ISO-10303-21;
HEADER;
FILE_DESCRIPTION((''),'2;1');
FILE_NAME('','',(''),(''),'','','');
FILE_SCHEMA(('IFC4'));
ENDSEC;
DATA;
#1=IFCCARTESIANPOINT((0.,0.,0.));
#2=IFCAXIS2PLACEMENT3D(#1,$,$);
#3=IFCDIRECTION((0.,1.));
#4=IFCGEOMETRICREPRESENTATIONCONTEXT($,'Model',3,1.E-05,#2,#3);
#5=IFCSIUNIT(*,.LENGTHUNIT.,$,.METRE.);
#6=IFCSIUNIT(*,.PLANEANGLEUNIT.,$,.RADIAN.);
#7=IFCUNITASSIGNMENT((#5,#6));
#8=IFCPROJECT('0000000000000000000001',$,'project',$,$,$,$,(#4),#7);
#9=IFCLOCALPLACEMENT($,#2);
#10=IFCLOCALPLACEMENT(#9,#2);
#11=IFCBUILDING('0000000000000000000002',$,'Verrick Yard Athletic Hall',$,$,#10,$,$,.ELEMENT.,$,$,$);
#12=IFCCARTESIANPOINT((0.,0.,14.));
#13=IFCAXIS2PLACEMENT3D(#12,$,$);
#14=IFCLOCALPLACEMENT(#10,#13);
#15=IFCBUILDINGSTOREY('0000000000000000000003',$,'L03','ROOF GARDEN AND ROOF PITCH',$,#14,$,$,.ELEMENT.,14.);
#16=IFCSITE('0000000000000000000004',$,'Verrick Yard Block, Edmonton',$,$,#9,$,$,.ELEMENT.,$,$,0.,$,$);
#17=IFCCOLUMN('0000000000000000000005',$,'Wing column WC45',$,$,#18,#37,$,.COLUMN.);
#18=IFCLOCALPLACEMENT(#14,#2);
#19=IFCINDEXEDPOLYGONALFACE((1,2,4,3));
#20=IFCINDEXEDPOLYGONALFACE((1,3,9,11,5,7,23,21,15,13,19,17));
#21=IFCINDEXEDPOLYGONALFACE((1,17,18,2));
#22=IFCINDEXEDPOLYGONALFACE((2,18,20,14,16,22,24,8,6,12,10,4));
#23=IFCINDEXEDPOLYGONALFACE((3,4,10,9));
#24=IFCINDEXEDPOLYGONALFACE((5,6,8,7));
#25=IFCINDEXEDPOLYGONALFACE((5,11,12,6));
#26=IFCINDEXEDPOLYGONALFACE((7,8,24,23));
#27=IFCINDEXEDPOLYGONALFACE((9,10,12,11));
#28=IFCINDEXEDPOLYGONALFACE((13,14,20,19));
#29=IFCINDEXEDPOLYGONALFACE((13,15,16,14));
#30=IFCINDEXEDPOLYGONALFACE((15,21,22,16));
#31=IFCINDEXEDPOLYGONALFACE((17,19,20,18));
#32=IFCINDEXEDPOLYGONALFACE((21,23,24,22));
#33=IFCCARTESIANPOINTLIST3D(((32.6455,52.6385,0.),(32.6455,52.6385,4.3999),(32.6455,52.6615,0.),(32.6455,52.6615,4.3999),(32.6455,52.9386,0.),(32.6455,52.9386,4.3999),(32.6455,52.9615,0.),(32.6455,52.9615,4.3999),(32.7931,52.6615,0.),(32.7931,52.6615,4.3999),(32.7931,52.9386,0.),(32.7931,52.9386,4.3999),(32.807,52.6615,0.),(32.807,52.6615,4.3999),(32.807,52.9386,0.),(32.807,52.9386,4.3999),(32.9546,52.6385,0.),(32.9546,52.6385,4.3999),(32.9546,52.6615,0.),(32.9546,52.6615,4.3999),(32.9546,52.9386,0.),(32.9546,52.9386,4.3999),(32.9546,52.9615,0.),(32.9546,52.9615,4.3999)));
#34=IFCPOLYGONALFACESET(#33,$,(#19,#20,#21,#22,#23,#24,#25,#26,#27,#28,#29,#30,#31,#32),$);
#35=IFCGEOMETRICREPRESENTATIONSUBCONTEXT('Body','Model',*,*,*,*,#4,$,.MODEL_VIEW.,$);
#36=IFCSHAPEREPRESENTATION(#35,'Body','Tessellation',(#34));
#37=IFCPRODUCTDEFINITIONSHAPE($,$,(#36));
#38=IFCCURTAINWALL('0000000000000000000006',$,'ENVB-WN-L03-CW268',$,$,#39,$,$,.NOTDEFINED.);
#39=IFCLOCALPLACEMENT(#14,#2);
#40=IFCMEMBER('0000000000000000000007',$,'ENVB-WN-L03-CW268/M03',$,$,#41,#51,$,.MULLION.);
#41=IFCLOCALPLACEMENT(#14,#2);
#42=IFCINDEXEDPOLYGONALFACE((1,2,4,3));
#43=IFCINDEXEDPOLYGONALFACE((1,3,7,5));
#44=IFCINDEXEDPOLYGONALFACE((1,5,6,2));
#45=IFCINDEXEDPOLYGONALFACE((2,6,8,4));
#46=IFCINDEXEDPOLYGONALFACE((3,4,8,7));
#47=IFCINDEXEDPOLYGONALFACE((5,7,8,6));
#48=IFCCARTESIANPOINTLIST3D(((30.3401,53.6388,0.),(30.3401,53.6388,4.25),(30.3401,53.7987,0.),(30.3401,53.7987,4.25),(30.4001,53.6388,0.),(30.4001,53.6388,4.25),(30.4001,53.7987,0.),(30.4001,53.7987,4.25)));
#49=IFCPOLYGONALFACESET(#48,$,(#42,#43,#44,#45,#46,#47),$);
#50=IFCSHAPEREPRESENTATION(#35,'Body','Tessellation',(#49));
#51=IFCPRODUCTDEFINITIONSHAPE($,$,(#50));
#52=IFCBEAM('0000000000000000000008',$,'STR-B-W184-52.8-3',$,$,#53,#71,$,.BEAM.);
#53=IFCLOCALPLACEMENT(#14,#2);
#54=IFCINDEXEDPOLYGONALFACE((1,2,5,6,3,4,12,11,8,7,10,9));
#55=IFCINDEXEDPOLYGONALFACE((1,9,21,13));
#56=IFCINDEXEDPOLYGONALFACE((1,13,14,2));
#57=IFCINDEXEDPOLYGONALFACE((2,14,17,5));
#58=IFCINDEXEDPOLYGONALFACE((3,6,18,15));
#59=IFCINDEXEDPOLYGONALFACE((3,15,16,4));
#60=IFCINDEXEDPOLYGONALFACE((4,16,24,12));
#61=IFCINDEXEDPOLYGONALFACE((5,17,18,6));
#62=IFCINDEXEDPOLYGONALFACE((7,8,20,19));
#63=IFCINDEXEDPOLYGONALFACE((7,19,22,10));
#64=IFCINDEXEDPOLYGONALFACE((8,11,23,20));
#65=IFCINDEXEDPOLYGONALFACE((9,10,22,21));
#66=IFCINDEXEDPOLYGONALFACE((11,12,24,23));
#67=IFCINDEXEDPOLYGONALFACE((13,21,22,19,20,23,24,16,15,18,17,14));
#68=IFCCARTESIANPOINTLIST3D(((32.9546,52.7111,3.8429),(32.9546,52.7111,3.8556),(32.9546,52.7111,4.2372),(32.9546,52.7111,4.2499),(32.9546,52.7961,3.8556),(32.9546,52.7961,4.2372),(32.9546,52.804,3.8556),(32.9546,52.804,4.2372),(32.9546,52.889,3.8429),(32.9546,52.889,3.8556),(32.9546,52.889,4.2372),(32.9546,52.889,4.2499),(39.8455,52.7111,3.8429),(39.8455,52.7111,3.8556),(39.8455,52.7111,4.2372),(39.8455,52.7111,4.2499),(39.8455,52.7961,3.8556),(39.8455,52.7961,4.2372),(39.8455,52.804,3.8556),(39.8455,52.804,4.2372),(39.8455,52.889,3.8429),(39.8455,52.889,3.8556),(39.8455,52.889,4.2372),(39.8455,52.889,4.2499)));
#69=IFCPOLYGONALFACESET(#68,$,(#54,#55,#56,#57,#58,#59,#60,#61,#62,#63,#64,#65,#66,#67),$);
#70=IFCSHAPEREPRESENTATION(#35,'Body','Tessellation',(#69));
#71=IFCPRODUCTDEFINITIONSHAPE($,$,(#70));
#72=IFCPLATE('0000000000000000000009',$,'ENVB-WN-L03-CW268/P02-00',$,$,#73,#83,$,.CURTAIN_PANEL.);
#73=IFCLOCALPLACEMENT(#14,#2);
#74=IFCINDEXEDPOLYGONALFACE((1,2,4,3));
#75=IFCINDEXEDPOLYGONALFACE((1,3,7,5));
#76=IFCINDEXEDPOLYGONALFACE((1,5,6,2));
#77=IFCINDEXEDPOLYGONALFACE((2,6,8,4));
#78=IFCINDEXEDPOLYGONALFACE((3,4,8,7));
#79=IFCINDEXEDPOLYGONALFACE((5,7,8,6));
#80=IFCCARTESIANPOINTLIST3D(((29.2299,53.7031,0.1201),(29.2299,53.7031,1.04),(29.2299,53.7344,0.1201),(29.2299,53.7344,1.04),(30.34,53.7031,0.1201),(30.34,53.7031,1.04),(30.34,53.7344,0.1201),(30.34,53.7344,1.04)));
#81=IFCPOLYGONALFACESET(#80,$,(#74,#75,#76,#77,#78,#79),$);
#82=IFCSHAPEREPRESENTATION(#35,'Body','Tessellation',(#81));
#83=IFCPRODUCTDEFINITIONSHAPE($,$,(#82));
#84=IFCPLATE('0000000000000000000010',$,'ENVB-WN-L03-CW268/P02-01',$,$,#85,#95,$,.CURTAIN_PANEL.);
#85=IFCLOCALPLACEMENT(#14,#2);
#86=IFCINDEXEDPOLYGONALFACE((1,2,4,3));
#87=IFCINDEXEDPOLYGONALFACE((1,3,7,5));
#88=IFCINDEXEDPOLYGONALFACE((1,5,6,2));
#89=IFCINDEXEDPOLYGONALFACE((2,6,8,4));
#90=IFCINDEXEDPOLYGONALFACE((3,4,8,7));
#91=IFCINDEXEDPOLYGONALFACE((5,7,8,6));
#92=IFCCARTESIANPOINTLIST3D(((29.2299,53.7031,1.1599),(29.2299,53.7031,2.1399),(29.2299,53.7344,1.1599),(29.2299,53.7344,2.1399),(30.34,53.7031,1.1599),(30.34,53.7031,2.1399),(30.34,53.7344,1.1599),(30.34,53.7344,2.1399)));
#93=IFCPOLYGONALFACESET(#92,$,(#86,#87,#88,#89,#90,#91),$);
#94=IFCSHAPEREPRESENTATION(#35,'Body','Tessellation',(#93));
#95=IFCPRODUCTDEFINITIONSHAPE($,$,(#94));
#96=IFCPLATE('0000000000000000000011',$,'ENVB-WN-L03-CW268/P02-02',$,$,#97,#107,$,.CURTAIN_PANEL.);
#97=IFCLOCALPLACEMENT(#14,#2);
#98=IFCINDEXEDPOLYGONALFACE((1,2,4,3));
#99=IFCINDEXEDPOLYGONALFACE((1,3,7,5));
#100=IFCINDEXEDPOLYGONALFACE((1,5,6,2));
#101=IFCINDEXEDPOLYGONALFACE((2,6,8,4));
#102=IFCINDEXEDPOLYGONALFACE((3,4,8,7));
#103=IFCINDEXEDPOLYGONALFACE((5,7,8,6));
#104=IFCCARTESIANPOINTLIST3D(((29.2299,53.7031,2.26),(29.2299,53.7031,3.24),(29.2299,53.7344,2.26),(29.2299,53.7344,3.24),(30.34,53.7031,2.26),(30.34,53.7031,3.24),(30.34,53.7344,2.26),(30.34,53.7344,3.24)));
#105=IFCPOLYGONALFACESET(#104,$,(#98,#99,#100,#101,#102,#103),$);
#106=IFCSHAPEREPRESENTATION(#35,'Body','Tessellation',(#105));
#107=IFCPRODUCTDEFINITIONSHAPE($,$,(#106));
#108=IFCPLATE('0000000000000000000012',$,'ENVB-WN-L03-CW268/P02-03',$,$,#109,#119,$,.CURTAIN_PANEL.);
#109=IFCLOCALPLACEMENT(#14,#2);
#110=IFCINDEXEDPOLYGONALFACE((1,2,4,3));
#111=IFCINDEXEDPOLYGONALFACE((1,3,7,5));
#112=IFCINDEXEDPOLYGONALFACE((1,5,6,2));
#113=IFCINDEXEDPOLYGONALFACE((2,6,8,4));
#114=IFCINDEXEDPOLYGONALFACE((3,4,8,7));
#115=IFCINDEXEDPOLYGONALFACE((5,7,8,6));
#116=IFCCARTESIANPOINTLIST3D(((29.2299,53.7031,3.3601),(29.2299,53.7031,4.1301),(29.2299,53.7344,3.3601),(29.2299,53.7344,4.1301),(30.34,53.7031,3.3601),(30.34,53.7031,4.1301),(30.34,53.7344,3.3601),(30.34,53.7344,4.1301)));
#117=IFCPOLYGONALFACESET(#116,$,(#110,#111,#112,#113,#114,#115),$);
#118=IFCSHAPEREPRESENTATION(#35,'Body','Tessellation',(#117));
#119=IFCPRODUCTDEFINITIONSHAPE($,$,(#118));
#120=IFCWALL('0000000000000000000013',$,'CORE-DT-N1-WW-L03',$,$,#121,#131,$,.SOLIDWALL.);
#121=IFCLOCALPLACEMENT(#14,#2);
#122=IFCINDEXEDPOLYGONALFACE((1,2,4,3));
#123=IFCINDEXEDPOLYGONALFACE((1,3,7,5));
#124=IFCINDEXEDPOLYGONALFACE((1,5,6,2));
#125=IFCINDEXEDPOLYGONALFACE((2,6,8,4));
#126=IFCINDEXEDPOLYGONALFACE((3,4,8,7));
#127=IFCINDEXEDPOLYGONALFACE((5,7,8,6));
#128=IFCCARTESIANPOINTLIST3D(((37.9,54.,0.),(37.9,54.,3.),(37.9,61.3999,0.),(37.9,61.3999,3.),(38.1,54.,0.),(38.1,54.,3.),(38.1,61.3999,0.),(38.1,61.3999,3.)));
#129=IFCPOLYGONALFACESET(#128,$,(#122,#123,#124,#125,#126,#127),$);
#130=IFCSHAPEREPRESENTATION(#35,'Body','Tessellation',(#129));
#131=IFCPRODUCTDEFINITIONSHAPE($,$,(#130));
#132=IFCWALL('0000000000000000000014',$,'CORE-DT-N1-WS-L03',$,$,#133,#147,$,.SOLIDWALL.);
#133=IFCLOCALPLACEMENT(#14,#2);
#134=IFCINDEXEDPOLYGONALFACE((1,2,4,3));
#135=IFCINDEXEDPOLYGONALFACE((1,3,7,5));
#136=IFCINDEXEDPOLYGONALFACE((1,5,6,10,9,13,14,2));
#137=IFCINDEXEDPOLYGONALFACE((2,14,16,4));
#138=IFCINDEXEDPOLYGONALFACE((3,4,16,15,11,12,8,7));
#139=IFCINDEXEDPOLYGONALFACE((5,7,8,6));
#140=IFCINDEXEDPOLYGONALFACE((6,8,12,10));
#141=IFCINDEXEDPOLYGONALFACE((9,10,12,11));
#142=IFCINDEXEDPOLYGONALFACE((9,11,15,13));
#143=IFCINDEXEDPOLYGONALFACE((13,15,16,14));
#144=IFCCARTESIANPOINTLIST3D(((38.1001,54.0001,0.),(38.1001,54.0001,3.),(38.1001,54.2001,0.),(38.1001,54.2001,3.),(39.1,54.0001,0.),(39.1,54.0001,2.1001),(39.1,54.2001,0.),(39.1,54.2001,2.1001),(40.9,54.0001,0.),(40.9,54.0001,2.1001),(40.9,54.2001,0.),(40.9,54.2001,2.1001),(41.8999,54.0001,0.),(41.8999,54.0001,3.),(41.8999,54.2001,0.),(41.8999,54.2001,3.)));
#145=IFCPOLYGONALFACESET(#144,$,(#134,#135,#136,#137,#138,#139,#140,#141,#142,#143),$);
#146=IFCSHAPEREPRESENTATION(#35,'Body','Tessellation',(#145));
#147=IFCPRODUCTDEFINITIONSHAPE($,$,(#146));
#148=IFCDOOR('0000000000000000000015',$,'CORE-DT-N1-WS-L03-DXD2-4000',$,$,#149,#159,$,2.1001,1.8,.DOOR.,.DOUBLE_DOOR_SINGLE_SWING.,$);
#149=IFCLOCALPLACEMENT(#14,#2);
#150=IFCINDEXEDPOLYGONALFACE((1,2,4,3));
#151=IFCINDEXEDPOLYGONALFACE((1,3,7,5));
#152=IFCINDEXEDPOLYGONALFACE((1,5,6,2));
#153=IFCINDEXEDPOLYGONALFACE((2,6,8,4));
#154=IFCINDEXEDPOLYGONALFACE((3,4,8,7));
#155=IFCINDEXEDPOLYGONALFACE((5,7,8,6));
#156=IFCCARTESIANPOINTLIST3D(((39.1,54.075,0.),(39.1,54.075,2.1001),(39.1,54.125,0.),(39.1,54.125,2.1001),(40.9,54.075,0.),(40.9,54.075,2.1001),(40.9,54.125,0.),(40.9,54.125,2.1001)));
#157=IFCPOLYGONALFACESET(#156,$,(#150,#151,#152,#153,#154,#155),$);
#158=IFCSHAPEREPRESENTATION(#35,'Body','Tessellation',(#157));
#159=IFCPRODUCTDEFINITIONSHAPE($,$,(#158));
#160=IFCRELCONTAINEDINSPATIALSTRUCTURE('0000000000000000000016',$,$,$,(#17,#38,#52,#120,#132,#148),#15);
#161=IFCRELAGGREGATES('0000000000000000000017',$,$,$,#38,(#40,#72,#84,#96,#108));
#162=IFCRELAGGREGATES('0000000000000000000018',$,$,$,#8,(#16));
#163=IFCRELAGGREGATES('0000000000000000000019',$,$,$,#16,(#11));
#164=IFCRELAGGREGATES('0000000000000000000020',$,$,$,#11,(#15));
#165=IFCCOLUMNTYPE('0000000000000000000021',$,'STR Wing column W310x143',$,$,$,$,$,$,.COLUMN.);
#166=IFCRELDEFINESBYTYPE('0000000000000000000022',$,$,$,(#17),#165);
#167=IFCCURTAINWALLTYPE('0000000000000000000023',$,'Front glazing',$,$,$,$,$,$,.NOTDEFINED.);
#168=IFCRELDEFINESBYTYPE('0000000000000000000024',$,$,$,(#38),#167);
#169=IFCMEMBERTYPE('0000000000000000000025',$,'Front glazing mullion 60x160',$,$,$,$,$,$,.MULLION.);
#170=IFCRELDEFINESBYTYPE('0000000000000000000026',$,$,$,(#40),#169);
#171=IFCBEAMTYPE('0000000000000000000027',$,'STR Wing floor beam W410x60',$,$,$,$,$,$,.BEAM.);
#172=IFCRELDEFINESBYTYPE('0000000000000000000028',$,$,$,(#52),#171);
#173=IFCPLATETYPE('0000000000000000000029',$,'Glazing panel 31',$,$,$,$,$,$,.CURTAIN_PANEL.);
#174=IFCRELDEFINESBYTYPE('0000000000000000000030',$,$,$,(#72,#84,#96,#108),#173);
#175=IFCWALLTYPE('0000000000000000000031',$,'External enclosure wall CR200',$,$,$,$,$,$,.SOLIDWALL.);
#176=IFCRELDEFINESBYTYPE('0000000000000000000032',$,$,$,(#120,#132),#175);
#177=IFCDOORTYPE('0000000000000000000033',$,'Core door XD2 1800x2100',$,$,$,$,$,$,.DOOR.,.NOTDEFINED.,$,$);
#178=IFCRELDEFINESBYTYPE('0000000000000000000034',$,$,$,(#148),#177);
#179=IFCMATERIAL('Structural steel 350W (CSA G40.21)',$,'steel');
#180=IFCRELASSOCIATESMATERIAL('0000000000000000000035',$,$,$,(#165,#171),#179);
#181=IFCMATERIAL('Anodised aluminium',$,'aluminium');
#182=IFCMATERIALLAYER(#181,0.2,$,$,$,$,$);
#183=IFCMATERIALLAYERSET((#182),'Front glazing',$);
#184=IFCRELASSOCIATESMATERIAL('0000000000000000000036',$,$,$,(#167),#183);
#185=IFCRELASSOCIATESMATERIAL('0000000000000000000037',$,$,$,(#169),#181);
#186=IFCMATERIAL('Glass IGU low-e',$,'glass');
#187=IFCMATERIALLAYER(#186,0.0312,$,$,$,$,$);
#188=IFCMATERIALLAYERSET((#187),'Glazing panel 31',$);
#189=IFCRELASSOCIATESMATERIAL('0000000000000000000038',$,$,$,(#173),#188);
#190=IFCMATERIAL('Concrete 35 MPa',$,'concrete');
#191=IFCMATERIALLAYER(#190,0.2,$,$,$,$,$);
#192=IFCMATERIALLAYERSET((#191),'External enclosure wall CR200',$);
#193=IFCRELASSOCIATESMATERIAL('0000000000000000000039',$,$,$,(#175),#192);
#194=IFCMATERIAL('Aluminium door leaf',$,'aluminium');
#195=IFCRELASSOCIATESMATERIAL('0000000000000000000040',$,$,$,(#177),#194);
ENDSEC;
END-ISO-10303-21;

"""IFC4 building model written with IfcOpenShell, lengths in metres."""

from ifc_helpers import new_model, si_unit, direction, frame, frame_2d, origin, origin_2d, place, context, subcontext, project, spatial, rectangle, i_section, extrude, material, layer, layer_set, material_profile, profile_set, type_object, element, fill, aggregate, save


model = new_model("IFC4")

# Units and contexts
model_context = context("Model", 3, precision=1e-05, world=origin(), true_north=direction((0.0, 1.0)))
body_context = subcontext(model_context, "Body", "Model", "MODEL_VIEW")
ifc_project = project(units=[si_unit("LENGTHUNIT", "METRE"), si_unit("PLANEANGLEUNIT", "RADIAN")], contexts=[model_context])

# Site, building, storey
site_placement = place(None, origin())
site = spatial("IfcSite", under=ifc_project, at=site_placement, Name="Verrick Yard Block, Edmonton", CompositionType="ELEMENT", RefElevation=0.0)
building_placement = place(site_placement, origin())
building = spatial("IfcBuilding", under=site, at=building_placement, Name="Verrick Yard Athletic Hall", CompositionType="ELEMENT")
storey_placement = place(building_placement, frame((0.0, 0.0, 14.0)))
storey = spatial("IfcBuildingStorey", under=building, at=storey_placement, Name="L03", Description="ROOF GARDEN AND ROOF PITCH", CompositionType="ELEMENT", Elevation=14.0)

# Column
ifc_material_1 = material(Name="Structural steel 350W (CSA G40.21)", Category="steel")
ifc_material_profile_1 = material_profile(ifc_material_1, i_section(OverallWidth=0.3091, OverallDepth=0.323, WebThickness=0.0139, FlangeThickness=0.0229, at=origin_2d()), Name="W310x143")
ifc_profile_set_1 = profile_set([ifc_material_profile_1], Name="Structural steel 350W (CSA G40.21)")
column_type = type_object("IfcColumnType", Name="STR Wing column W310x143", PredefinedType="COLUMN", material=ifc_profile_set_1)
column_placement = place(storey_placement, frame((32.8, 52.8, 0.0), z_axis=(0.0, 0.0, 1.0), x_axis=(1.0, 0.0, 0.0)))
element("IfcColumn", 1, at=column_placement, inside=storey, type_object=column_type, Name="Wing column WC45", PredefinedType="COLUMN", context=body_context, shape_type="SweptSolid", body=[
    extrude(i_section(OverallWidth=0.3091, OverallDepth=0.323, WebThickness=0.0139, FlangeThickness=0.0229, at=origin_2d()), origin(), (0.0, 0.0, 1.0), 4.3999),
])

# Curtain wall, member
ifc_material_2 = material(Name="Anodised aluminium", Category="aluminium")
ifc_layer_1 = layer(ifc_material_2, 0.2)
ifc_layer_set_1 = layer_set([ifc_layer_1], Name="Front glazing")
curtain_wall_type = type_object("IfcCurtainWallType", Name="Front glazing", PredefinedType="NOTDEFINED", material=ifc_layer_set_1)
curtain_wall_placement = place(storey_placement, origin())
curtain_wall = element("IfcCurtainWall", 2, at=curtain_wall_placement, inside=storey, type_object=curtain_wall_type, Name="ENVB-WN-L03-CW268", PredefinedType="NOTDEFINED")
ifc_material_profile_2 = material_profile(ifc_material_2, rectangle(XDim=0.1599, YDim=0.0601, at=origin_2d()), Name="CW mullion 60x160")
ifc_profile_set_2 = profile_set([ifc_material_profile_2], Name="Anodised aluminium")
member_type = type_object("IfcMemberType", Name="Front glazing mullion 60x160", PredefinedType="MULLION", material=ifc_profile_set_2)
member_placement = place(storey_placement, frame((30.3701, 53.7188, 0.0), z_axis=(0.0, 0.0, 1.0), x_axis=(0.0, 1.0, 0.0)))
member = element("IfcMember", 3, at=member_placement, type_object=member_type, Name="ENVB-WN-L03-CW268/M03", PredefinedType="MULLION", context=body_context, shape_type="SweptSolid", body=[
    extrude(rectangle(XDim=0.1599, YDim=0.0601, at=origin_2d()), origin(), (0.0, 0.0, 1.0), 4.25),
])

# Beam
ifc_material_profile_3 = material_profile(ifc_material_1, i_section(OverallWidth=0.178, OverallDepth=0.407, WebThickness=0.0078, FlangeThickness=0.0127, at=origin_2d()), Name="W410x60")
ifc_profile_set_3 = profile_set([ifc_material_profile_3], Name="Structural steel 350W (CSA G40.21)")
beam_type = type_object("IfcBeamType", Name="STR Wing floor beam W410x60", PredefinedType="BEAM", material=ifc_profile_set_3)
beam_placement = place(storey_placement, frame((32.9546, 52.8, 4.0464), z_axis=(1.0, 0.0, 0.0), x_axis=(0.0, 1.0, 0.0)))
element("IfcBeam", 4, at=beam_placement, inside=storey, type_object=beam_type, Name="STR-B-W184-52.8-3", PredefinedType="BEAM", context=body_context, shape_type="SweptSolid", body=[
    extrude(i_section(OverallWidth=0.178, OverallDepth=0.407, WebThickness=0.0078, FlangeThickness=0.0127, at=origin_2d()), origin(), (0.0, 0.0, 1.0), 6.8909),
])

# Plates
ifc_material_3 = material(Name="Glass IGU low-e", Category="glass")
ifc_layer_2 = layer(ifc_material_3, 0.0312)
ifc_layer_set_2 = layer_set([ifc_layer_2], Name="Glazing panel 31")
plate_type = type_object("IfcPlateType", Name="Glazing panel 31", PredefinedType="CURTAIN_PANEL", material=ifc_layer_set_2)
plate_1_placement = place(storey_placement, frame((29.7849, 53.7188, 0.1201), z_axis=(0.0, 0.0, 1.0), x_axis=(1.0, 0.0, 0.0)))
plate_1 = element("IfcPlate", 5, at=plate_1_placement, type_object=plate_type, Name="ENVB-WN-L03-CW268/P02-00", PredefinedType="CURTAIN_PANEL", context=body_context, shape_type="SweptSolid", body=[
    extrude(rectangle(XDim=1.1101, YDim=0.0312, at=origin_2d()), origin(), (0.0, 0.0, 1.0), 0.9199),
])
plate_2_placement = place(storey_placement, frame((29.7849, 53.7188, 1.1599), z_axis=(0.0, 0.0, 1.0), x_axis=(1.0, 0.0, 0.0)))
plate_2 = element("IfcPlate", 6, at=plate_2_placement, type_object=plate_type, Name="ENVB-WN-L03-CW268/P02-01", PredefinedType="CURTAIN_PANEL", context=body_context, shape_type="SweptSolid", body=[
    extrude(rectangle(XDim=1.1101, YDim=0.0312, at=origin_2d()), origin(), (0.0, 0.0, 1.0), 0.98),
])
plate_3_placement = place(storey_placement, frame((29.7849, 53.7188, 2.26), z_axis=(0.0, 0.0, 1.0), x_axis=(1.0, 0.0, 0.0)))
plate_3 = element("IfcPlate", 7, at=plate_3_placement, type_object=plate_type, Name="ENVB-WN-L03-CW268/P02-02", PredefinedType="CURTAIN_PANEL", context=body_context, shape_type="SweptSolid", body=[
    extrude(rectangle(XDim=1.1101, YDim=0.0312, at=origin_2d()), origin(), (0.0, 0.0, 1.0), 0.98),
])
plate_4_placement = place(storey_placement, frame((29.7849, 53.7188, 3.3601), z_axis=(0.0, 0.0, 1.0), x_axis=(1.0, 0.0, 0.0)))
plate_4 = element("IfcPlate", 8, at=plate_4_placement, type_object=plate_type, Name="ENVB-WN-L03-CW268/P02-03", PredefinedType="CURTAIN_PANEL", context=body_context, shape_type="SweptSolid", body=[
    extrude(rectangle(XDim=1.1101, YDim=0.0312, at=origin_2d()), origin(), (0.0, 0.0, 1.0), 0.77),
])
aggregate(curtain_wall, [member, plate_1, plate_2, plate_3, plate_4])

# Wall
ifc_material_4 = material(Name="Concrete 35 MPa", Category="concrete")
ifc_layer_3 = layer(ifc_material_4, 0.2)
ifc_layer_set_3 = layer_set([ifc_layer_3], Name="External enclosure wall CR200")
wall_type_1 = type_object("IfcWallType", Name="External enclosure wall CR200", PredefinedType="SOLIDWALL", material=ifc_layer_set_3)
wall_1_placement = place(storey_placement, frame((38.0, 54.0, 0.0), z_axis=(0.0, 0.0, 1.0), x_axis=(0.0, 1.0, 0.0)))
element("IfcWall", 9, at=wall_1_placement, inside=storey, type_object=wall_type_1, Name="CORE-DT-N1-WW-L03", PredefinedType="SOLIDWALL", context=body_context, shape_type="SweptSolid", body=[
    extrude(rectangle(XDim=7.3999, YDim=0.2, at=frame_2d((3.7, 0.0))), origin(), (0.0, 0.0, 1.0), 3.0),
])

# Wall, opening, door
wall_2_placement = place(storey_placement, frame((38.1001, 54.1001, 0.0), z_axis=(0.0, 0.0, 1.0), x_axis=(1.0, 0.0, 0.0)))
wall_2 = element("IfcWall", 10, at=wall_2_placement, inside=storey, type_object=wall_type_1, Name="CORE-DT-N1-WS-L03", PredefinedType="SOLIDWALL", context=body_context, shape_type="SweptSolid", body=[
    extrude(rectangle(XDim=3.7998, YDim=0.2, at=frame_2d((1.8999, 0.0))), origin(), (0.0, 0.0, 1.0), 3.0),
])
opening_1_placement = place(wall_2_placement, frame((1.0, 0.0, 0.0)))
opening_1 = element("IfcOpeningElement", 11, at=opening_1_placement, cuts=wall_2, PredefinedType="OPENING", context=body_context, shape_type="SweptSolid", body=[
    extrude(rectangle(XDim=1.8, YDim=2.1001, at=frame_2d((0.8999, 1.05))), frame((0.0, 0.1099, 0.0), z_axis=(0.0, -1.0, 0.0), x_axis=(1.0, 0.0, 0.0)), (0.0, 0.0, 1.0), 0.22),
])
ifc_material_5 = material(Name="Aluminium door leaf", Category="aluminium")
door_type = type_object("IfcDoorType", Name="Core door XD2 1800x2100", OperationType="NOTDEFINED", PredefinedType="DOOR", material=ifc_material_5)
door_placement = place(opening_1_placement, origin())
door = element("IfcDoor", 12, at=door_placement, inside=storey, type_object=door_type, Name="CORE-DT-N1-WS-L03-DXD2-4000", OperationType="DOUBLE_DOOR_SINGLE_SWING", OverallHeight=2.1001, OverallWidth=1.8, PredefinedType="DOOR", context=body_context, shape_type="SweptSolid", body=[
    extrude(rectangle(XDim=1.8, YDim=2.1001, at=frame_2d((0.8999, 1.05))), frame((0.0, 0.0249, 0.0), z_axis=(0.0, -1.0, 0.0), x_axis=(1.0, 0.0, 0.0)), (0.0, 0.0, 1.0), 0.05),
])
fill(opening_1, door)

save(model, "model.ifc")
